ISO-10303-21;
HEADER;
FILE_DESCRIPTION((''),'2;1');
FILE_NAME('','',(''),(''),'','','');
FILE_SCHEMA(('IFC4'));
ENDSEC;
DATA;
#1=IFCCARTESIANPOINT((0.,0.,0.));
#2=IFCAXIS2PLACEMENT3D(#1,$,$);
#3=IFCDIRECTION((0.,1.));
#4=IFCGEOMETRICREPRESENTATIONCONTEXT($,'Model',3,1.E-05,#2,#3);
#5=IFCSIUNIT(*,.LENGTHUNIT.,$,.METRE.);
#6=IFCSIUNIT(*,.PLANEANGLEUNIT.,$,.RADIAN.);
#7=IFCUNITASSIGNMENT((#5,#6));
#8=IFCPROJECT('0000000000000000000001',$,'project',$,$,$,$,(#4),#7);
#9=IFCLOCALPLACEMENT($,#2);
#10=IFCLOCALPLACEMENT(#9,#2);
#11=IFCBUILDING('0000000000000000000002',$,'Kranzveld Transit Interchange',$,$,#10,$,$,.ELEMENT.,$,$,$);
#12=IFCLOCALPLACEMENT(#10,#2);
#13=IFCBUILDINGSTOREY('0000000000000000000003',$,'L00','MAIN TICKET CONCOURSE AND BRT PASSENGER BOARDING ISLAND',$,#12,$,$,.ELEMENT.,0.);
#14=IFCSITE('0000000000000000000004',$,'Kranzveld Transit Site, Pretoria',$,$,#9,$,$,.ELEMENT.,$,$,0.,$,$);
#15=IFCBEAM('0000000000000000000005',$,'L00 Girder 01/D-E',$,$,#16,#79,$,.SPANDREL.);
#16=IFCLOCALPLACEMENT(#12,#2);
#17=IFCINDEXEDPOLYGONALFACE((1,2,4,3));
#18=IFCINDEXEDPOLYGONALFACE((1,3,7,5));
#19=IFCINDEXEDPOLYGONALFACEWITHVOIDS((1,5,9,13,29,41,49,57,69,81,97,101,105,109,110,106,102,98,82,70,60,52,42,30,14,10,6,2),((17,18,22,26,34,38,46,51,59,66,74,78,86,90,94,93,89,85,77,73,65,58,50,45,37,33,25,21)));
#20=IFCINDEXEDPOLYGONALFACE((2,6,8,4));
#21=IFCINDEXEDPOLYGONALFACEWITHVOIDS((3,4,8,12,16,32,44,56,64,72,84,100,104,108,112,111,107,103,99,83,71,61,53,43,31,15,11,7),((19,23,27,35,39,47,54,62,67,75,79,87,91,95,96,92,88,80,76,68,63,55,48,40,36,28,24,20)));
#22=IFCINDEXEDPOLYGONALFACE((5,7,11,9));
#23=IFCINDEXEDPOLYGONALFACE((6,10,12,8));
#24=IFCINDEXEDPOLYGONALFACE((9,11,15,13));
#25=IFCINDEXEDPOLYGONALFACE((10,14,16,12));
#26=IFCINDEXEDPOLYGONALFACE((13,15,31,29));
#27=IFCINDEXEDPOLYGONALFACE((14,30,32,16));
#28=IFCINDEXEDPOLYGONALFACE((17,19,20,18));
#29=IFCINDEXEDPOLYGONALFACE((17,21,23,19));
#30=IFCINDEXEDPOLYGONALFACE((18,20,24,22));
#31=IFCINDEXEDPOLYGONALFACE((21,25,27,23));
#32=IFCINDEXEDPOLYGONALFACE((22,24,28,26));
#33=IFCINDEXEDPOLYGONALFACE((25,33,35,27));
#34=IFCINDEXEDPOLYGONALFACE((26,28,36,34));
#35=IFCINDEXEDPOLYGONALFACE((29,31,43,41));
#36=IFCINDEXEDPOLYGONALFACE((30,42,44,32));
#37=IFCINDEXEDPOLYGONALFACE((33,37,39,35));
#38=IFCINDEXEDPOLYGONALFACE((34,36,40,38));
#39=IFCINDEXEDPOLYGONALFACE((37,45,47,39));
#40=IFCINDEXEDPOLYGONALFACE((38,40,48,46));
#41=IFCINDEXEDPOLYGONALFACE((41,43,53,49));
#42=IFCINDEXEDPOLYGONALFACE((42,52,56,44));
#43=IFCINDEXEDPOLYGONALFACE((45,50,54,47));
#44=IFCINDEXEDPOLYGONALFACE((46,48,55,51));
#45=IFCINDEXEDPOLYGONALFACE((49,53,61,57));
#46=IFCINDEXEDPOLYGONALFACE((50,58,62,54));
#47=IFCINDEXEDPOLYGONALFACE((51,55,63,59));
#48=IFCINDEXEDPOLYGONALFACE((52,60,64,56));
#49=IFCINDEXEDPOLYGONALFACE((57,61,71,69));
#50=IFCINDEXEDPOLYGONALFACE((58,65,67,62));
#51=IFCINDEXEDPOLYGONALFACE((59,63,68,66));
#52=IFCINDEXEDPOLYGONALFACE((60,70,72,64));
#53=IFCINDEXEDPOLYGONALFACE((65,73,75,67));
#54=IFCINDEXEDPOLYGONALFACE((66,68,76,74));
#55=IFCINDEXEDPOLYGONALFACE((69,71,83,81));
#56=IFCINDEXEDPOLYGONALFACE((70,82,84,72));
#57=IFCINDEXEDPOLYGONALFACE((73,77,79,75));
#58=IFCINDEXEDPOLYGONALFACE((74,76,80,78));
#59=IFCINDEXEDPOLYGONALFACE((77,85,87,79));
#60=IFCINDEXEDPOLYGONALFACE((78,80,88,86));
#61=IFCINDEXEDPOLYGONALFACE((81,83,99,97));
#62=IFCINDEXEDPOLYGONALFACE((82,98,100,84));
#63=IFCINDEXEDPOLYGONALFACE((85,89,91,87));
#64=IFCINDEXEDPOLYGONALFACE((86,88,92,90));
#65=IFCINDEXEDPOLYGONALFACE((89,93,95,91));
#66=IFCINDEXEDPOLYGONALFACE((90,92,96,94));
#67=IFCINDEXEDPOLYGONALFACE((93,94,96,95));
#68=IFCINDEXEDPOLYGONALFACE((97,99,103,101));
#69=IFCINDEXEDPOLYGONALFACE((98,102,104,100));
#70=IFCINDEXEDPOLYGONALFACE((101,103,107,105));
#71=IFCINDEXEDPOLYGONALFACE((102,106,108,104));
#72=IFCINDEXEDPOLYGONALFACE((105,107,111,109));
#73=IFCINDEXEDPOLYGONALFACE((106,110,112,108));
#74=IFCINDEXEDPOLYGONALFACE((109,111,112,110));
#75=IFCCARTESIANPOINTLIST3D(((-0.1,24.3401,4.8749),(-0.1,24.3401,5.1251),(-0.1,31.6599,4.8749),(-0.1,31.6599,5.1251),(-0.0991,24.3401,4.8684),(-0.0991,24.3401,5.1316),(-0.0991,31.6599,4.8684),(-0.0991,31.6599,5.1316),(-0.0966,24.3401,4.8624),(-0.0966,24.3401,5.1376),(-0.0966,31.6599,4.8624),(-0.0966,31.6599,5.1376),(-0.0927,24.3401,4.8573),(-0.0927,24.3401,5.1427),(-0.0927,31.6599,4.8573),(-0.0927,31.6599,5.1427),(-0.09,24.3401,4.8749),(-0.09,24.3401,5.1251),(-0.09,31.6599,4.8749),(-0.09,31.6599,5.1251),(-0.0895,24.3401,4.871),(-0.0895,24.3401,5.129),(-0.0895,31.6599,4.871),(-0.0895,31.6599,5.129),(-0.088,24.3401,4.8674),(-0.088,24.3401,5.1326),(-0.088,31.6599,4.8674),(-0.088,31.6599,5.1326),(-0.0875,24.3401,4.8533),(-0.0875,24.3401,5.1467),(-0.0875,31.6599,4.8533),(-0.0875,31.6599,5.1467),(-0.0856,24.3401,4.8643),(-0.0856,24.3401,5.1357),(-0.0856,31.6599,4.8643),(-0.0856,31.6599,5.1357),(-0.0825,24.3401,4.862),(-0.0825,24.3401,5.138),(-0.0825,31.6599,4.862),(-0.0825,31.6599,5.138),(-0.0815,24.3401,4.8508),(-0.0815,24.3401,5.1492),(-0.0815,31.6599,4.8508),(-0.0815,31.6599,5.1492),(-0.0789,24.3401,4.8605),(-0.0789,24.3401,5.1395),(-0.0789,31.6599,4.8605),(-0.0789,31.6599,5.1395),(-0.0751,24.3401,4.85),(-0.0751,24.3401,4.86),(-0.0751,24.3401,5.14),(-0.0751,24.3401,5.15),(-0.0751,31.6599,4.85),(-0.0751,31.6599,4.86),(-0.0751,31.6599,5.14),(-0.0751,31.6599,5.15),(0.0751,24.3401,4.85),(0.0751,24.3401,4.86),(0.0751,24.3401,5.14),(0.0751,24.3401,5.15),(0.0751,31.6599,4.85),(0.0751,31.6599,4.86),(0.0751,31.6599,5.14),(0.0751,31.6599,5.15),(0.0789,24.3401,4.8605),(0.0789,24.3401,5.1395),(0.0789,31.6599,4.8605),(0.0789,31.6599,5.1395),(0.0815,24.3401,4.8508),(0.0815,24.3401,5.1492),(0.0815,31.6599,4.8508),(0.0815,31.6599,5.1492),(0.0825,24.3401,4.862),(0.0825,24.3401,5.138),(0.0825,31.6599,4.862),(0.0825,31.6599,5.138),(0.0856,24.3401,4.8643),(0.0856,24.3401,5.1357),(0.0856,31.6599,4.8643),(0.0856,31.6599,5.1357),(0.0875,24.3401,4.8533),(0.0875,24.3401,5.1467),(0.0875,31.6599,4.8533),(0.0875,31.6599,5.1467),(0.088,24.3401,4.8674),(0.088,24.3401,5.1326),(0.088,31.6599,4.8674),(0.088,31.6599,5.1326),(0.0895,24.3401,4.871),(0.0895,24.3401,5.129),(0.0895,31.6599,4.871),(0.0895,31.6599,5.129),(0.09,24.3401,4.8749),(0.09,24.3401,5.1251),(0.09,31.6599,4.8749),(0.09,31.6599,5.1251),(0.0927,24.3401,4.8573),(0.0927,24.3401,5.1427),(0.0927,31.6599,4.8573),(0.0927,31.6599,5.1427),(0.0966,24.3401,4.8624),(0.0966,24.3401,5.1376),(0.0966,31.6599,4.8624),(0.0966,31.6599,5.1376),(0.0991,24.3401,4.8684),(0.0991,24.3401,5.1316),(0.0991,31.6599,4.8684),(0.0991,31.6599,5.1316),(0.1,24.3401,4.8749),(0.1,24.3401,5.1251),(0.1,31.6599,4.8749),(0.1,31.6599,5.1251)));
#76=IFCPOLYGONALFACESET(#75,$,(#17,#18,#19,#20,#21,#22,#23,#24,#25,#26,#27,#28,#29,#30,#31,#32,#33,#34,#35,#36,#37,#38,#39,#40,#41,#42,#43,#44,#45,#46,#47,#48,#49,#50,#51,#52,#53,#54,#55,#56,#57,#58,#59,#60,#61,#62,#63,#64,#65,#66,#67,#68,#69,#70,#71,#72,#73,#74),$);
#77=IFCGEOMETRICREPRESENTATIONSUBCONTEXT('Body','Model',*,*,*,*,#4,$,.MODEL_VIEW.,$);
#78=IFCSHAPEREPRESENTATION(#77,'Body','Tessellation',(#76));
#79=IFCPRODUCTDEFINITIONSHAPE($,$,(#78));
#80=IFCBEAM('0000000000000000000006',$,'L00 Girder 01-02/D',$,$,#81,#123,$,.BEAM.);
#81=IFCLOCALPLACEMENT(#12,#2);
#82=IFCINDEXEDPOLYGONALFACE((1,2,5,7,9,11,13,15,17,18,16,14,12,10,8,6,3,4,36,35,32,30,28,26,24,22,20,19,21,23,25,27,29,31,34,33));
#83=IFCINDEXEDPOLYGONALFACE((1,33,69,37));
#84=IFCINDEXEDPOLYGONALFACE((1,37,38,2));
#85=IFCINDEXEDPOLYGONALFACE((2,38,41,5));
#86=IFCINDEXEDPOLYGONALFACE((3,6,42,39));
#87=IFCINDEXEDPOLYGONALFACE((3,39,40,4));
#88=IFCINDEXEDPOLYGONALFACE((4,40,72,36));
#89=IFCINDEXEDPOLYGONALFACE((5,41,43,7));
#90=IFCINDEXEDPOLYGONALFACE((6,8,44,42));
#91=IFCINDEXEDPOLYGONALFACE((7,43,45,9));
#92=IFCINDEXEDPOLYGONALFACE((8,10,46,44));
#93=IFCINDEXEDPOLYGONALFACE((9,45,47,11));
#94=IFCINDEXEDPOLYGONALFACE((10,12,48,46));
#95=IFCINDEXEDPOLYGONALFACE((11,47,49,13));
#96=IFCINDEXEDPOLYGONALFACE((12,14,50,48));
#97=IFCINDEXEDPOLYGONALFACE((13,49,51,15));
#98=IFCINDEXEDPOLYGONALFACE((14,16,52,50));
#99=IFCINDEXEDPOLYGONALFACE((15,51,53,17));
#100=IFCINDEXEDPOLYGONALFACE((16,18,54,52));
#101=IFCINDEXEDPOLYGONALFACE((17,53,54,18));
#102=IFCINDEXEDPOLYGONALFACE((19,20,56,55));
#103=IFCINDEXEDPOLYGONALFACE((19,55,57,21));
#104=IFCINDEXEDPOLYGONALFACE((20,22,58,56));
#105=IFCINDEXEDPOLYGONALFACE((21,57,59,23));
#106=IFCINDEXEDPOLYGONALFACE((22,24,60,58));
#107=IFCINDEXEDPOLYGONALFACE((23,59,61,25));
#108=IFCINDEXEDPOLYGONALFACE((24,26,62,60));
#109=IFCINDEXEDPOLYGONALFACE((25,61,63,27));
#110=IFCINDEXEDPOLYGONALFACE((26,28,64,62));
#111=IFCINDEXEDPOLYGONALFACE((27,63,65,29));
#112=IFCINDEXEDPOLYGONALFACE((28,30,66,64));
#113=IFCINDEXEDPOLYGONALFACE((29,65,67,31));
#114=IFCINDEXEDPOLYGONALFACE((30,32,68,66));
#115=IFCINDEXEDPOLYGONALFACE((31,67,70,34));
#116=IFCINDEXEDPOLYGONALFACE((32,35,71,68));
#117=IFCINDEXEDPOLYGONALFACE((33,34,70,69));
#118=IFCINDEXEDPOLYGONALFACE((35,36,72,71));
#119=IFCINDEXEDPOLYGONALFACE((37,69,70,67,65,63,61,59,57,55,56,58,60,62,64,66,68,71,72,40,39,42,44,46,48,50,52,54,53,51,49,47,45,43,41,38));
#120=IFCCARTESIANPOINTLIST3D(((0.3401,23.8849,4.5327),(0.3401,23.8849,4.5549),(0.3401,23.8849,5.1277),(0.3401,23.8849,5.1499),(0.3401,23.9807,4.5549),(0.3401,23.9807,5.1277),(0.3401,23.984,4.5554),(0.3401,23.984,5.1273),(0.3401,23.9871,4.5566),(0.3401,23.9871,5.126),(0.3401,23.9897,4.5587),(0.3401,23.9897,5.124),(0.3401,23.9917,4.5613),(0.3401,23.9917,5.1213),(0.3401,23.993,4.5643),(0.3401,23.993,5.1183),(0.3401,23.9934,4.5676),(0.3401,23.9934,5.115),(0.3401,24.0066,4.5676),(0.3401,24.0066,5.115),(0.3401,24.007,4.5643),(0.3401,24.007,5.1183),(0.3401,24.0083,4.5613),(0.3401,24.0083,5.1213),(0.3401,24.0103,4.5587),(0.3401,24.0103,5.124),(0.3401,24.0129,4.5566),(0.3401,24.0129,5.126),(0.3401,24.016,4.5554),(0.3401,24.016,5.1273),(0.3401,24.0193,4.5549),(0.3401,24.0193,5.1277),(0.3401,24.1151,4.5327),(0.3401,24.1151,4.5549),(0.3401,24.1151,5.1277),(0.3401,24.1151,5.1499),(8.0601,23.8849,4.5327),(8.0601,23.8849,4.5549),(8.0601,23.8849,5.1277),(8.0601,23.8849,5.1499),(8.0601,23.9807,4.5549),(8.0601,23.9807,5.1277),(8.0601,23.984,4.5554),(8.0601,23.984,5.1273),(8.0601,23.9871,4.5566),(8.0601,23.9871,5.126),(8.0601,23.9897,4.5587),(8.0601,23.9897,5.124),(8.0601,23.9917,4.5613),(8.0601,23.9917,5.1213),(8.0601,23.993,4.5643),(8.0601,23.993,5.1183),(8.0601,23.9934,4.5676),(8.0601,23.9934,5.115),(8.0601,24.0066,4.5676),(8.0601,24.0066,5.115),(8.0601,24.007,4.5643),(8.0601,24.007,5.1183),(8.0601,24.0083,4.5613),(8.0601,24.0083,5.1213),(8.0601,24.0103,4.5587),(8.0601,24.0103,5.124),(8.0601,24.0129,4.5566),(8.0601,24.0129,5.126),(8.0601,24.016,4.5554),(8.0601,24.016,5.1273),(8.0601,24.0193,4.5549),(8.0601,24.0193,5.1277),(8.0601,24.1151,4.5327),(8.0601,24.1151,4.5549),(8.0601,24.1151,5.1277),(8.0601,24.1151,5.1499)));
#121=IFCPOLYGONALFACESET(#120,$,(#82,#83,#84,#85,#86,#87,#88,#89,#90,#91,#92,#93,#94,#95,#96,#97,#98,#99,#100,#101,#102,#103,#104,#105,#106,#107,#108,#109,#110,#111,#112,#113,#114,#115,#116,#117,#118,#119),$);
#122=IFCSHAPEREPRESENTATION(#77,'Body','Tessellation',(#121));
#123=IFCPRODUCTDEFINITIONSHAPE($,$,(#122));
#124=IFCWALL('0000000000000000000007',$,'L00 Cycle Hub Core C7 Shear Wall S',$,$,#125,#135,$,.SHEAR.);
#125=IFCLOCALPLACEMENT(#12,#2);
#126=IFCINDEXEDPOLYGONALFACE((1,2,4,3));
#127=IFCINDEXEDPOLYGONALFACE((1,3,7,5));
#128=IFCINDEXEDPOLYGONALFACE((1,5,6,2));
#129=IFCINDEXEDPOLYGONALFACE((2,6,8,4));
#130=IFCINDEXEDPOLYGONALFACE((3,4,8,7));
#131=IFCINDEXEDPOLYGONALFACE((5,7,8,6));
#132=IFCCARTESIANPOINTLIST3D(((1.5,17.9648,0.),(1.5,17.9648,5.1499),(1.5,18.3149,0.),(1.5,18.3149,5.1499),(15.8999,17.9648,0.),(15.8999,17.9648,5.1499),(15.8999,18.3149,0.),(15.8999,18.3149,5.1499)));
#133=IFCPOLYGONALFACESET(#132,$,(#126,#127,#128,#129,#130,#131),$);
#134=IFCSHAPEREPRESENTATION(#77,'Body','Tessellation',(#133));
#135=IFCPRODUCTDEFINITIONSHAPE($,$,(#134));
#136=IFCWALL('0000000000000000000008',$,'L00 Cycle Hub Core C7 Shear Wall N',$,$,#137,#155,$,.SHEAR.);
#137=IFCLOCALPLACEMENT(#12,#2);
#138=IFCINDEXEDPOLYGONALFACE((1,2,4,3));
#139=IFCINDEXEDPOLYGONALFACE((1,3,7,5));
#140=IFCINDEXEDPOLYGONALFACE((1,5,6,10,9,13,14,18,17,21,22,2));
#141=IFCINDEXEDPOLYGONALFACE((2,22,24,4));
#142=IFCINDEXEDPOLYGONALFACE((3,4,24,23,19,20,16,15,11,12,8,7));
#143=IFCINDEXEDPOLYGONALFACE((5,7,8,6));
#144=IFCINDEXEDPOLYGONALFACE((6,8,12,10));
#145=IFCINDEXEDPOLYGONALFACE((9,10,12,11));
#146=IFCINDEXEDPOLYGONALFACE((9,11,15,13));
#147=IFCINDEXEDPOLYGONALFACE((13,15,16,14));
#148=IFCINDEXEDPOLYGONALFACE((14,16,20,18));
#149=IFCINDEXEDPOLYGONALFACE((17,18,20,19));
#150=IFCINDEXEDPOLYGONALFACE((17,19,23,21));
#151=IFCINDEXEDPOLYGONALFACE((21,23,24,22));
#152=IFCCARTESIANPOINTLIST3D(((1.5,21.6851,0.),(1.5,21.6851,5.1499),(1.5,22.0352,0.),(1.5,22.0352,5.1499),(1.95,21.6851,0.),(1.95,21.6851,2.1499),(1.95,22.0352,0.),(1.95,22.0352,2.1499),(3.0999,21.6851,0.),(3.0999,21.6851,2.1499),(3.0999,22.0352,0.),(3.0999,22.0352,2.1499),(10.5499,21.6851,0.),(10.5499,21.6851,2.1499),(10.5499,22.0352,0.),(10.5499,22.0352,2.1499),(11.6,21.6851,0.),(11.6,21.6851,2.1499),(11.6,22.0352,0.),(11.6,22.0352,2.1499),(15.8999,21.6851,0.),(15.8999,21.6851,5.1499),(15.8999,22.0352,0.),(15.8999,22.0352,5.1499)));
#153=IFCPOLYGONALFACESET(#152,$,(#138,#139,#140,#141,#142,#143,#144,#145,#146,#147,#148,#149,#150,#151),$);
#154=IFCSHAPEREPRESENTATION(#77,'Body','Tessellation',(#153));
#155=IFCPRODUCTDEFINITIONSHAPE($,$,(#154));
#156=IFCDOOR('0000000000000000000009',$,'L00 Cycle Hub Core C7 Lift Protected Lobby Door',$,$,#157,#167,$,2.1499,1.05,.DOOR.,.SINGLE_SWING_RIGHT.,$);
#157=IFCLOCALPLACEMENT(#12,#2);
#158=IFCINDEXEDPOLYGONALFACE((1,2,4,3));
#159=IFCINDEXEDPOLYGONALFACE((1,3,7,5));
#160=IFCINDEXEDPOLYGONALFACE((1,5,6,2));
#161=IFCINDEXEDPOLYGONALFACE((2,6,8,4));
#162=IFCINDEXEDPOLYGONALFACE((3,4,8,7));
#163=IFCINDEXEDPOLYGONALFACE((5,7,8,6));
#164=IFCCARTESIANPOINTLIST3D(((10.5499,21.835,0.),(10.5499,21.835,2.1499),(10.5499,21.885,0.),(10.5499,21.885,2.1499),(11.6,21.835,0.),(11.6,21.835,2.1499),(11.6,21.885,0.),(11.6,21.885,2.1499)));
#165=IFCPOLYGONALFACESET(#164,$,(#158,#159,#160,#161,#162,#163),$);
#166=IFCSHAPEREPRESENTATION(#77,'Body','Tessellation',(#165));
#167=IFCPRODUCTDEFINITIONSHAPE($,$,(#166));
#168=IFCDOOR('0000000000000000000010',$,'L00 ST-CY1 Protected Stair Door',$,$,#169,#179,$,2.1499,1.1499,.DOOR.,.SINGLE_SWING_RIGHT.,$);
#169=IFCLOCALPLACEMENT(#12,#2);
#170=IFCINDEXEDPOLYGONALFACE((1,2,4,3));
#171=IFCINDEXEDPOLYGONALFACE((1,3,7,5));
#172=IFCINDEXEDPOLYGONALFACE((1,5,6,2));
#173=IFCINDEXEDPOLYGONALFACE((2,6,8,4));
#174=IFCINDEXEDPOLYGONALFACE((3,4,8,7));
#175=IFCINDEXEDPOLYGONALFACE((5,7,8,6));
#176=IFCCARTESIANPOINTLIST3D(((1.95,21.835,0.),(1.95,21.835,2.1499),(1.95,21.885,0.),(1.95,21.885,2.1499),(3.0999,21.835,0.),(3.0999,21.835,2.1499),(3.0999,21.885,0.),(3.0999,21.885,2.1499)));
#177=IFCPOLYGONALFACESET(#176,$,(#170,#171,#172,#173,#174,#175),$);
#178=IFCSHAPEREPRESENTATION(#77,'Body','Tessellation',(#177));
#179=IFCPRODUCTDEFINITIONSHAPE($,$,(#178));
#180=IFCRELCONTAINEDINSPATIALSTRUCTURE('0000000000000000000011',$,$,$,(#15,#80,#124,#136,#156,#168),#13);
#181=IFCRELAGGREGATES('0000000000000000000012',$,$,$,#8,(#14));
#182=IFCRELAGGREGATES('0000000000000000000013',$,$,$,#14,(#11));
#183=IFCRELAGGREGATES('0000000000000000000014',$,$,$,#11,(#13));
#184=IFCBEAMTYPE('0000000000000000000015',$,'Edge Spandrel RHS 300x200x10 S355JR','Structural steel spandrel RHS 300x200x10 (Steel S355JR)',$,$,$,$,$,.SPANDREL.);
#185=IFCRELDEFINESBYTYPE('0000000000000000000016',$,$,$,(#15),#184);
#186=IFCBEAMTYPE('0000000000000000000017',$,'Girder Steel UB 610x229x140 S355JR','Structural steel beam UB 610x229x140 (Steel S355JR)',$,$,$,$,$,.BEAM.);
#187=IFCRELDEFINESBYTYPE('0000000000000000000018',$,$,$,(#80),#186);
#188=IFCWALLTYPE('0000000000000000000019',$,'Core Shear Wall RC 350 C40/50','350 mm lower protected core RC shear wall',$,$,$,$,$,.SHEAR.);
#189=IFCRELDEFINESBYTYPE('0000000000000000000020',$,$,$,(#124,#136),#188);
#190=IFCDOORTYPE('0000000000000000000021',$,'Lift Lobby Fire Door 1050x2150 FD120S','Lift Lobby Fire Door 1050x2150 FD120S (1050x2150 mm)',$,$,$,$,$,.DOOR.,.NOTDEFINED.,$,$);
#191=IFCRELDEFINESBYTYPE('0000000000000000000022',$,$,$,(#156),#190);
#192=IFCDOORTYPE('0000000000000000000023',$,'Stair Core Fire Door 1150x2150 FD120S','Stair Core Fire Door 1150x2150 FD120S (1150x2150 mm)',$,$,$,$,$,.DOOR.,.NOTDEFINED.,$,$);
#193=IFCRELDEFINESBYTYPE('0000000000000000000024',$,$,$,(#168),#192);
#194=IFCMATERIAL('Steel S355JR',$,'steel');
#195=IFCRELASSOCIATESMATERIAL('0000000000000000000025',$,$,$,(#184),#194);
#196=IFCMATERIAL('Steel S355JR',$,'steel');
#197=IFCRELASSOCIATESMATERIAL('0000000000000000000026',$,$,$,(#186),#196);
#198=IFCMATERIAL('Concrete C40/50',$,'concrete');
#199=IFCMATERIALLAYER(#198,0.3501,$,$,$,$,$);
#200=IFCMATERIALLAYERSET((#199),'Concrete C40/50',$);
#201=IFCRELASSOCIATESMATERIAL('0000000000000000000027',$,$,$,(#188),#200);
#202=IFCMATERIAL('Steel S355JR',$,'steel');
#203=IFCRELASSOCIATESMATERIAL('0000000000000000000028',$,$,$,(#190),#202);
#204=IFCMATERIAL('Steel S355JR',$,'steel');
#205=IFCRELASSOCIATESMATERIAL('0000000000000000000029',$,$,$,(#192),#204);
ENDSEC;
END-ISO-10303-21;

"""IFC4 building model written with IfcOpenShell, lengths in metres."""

from ifc_helpers import new_model, si_unit, direction, frame, frame_2d, origin, origin_2d, place, context, subcontext, project, spatial, rectangle, hollow_rectangle, i_section, extrude, material, layer, layer_set, material_profile, profile_set, type_object, element, fill, save


model = new_model("IFC4")

# Units and contexts
model_context = context("Model", 3, precision=1e-05, world=origin(), true_north=direction((0.0, 1.0)))
body_context = subcontext(model_context, "Body", "Model", "MODEL_VIEW")
ifc_project = project(units=[si_unit("LENGTHUNIT", "METRE"), si_unit("PLANEANGLEUNIT", "RADIAN")], contexts=[model_context])

# Site, building, storey
site_placement = place(None, origin())
site = spatial("IfcSite", under=ifc_project, at=site_placement, Name="Kranzveld Transit Site, Pretoria", CompositionType="ELEMENT", RefElevation=0.0)
building_placement = place(site_placement, origin())
building = spatial("IfcBuilding", under=site, at=building_placement, Name="Kranzveld Transit Interchange", CompositionType="ELEMENT")
storey_placement = place(building_placement, origin())
storey = spatial("IfcBuildingStorey", under=building, at=storey_placement, Name="L00", Description="MAIN TICKET CONCOURSE AND BRT PASSENGER BOARDING ISLAND", CompositionType="ELEMENT", Elevation=0.0)

# Beams
ifc_material_1 = material(Name="Steel S355JR", Category="steel")
ifc_material_profile_1 = material_profile(ifc_material_1, hollow_rectangle(XDim=0.2, YDim=0.3, WallThickness=0.01, InnerFilletRadius=0.0149, OuterFilletRadius=0.0249, at=origin_2d()), Name="RHS 300x200x10")
ifc_profile_set_1 = profile_set([ifc_material_profile_1], Name="Steel S355JR")
beam_type_1 = type_object("IfcBeamType", Name="Edge Spandrel RHS 300x200x10 S355JR", Description="Structural steel spandrel RHS 300x200x10 (Steel S355JR)", PredefinedType="SPANDREL", material=ifc_profile_set_1)
beam_1_placement = place(storey_placement, frame((0.0, 24.3401, 5.0), z_axis=(0.0, 1.0, 0.0), x_axis=(-1.0, 0.0, 0.0)))
element("IfcBeam", 1, at=beam_1_placement, inside=storey, type_object=beam_type_1, Name="L00 Girder 01/D-E", PredefinedType="SPANDREL", context=body_context, shape_type="SweptSolid", body=[
    extrude(hollow_rectangle(XDim=0.2, YDim=0.3, WallThickness=0.01, InnerFilletRadius=0.0149, OuterFilletRadius=0.0249, at=origin_2d()), origin(), (0.0, 0.0, 1.0), 7.3198),
])
ifc_material_2 = material(Name="Steel S355JR", Category="steel")
ifc_material_profile_2 = material_profile(ifc_material_2, i_section(OverallWidth=0.2302, OverallDepth=0.6172, WebThickness=0.0132, FlangeThickness=0.0222, FilletRadius=0.0127, at=origin_2d()), Name="UB 610x229x140")
ifc_profile_set_2 = profile_set([ifc_material_profile_2], Name="Steel S355JR")
beam_type_2 = type_object("IfcBeamType", Name="Girder Steel UB 610x229x140 S355JR", Description="Structural steel beam UB 610x229x140 (Steel S355JR)", PredefinedType="BEAM", material=ifc_profile_set_2)
beam_2_placement = place(storey_placement, frame((0.3401, 24.0, 4.8413), z_axis=(1.0, 0.0, 0.0), x_axis=(0.0, 1.0, 0.0)))
element("IfcBeam", 2, at=beam_2_placement, inside=storey, type_object=beam_type_2, Name="L00 Girder 01-02/D", PredefinedType="BEAM", context=body_context, shape_type="SweptSolid", body=[
    extrude(i_section(OverallWidth=0.2302, OverallDepth=0.6172, WebThickness=0.0132, FlangeThickness=0.0222, FilletRadius=0.0127, at=origin_2d()), origin(), (0.0, 0.0, 1.0), 7.72),
])

# Wall
ifc_material_3 = material(Name="Concrete C40/50", Category="concrete")
ifc_layer_1 = layer(ifc_material_3, 0.3501)
ifc_layer_set_1 = layer_set([ifc_layer_1], Name="Concrete C40/50")
wall_type_1 = type_object("IfcWallType", Name="Core Shear Wall RC 350 C40/50", Description="350 mm lower protected core RC shear wall", PredefinedType="SHEAR", material=ifc_layer_set_1)
wall_1_placement = place(storey_placement, frame((1.5, 18.1399, 0.0), z_axis=(0.0, 0.0, 1.0), x_axis=(1.0, 0.0, 0.0)))
element("IfcWall", 3, at=wall_1_placement, inside=storey, type_object=wall_type_1, Name="L00 Cycle Hub Core C7 Shear Wall S", PredefinedType="SHEAR", context=body_context, shape_type="SweptSolid", body=[
    extrude(rectangle(XDim=14.3999, YDim=0.3501, at=frame_2d((7.2, 0.0))), origin(), (0.0, 0.0, 1.0), 5.1499),
])

# Wall, openings, doors
wall_2_placement = place(storey_placement, frame((1.5, 21.8601, 0.0), z_axis=(0.0, 0.0, 1.0), x_axis=(1.0, 0.0, 0.0)))
wall_2 = element("IfcWall", 4, at=wall_2_placement, inside=storey, type_object=wall_type_1, Name="L00 Cycle Hub Core C7 Shear Wall N", PredefinedType="SHEAR", context=body_context, shape_type="SweptSolid", body=[
    extrude(rectangle(XDim=14.3999, YDim=0.3501, at=frame_2d((7.2, 0.0))), origin(), (0.0, 0.0, 1.0), 5.1499),
])
opening_1_placement = place(wall_2_placement, frame((0.45, 0.0, 0.0), z_axis=(0.0, 0.0, 1.0), x_axis=(1.0, 0.0, 0.0)))
opening_1 = element("IfcOpeningElement", 5, at=opening_1_placement, cuts=wall_2, PredefinedType="OPENING", context=body_context, shape_type="SweptSolid", body=[
    extrude(rectangle(XDim=1.1499, YDim=2.1499, at=frame_2d((0.575, 1.075))), frame((0.0, 0.1851, 0.0), z_axis=(0.0, -1.0, 0.0), x_axis=(1.0, 0.0, 0.0)), (0.0, 0.0, 1.0), 0.3701),
])
opening_2_placement = place(wall_2_placement, frame((9.05, 0.0, 0.0), z_axis=(0.0, 0.0, 1.0), x_axis=(1.0, 0.0, 0.0)))
opening_2 = element("IfcOpeningElement", 6, at=opening_2_placement, cuts=wall_2, PredefinedType="OPENING", context=body_context, shape_type="SweptSolid", body=[
    extrude(rectangle(XDim=1.05, YDim=2.1499, at=frame_2d((0.5249, 1.075))), frame((0.0, 0.1851, 0.0), z_axis=(0.0, -1.0, 0.0), x_axis=(1.0, 0.0, 0.0)), (0.0, 0.0, 1.0), 0.3701),
])
ifc_material_4 = material(Name="Steel S355JR", Category="steel")
door_type_1 = type_object("IfcDoorType", Name="Lift Lobby Fire Door 1050x2150 FD120S", Description="Lift Lobby Fire Door 1050x2150 FD120S (1050x2150 mm)", OperationType="NOTDEFINED", PredefinedType="DOOR", material=ifc_material_4)
door_1_placement = place(opening_2_placement, origin())
door_1 = element("IfcDoor", 7, at=door_1_placement, inside=storey, type_object=door_type_1, Name="L00 Cycle Hub Core C7 Lift Protected Lobby Door", OperationType="SINGLE_SWING_RIGHT", OverallHeight=2.1499, OverallWidth=1.05, PredefinedType="DOOR", context=body_context, shape_type="SweptSolid", body=[
    extrude(rectangle(XDim=1.05, YDim=2.1499, at=frame_2d((0.5249, 1.075))), frame((0.0, 0.0249, 0.0), z_axis=(0.0, -1.0, 0.0), x_axis=(1.0, 0.0, 0.0)), (0.0, 0.0, 1.0), 0.05),
])
fill(opening_2, door_1)
ifc_material_5 = material(Name="Steel S355JR", Category="steel")
door_type_2 = type_object("IfcDoorType", Name="Stair Core Fire Door 1150x2150 FD120S", Description="Stair Core Fire Door 1150x2150 FD120S (1150x2150 mm)", OperationType="NOTDEFINED", PredefinedType="DOOR", material=ifc_material_5)
door_2_placement = place(opening_1_placement, origin())
door_2 = element("IfcDoor", 8, at=door_2_placement, inside=storey, type_object=door_type_2, Name="L00 ST-CY1 Protected Stair Door", OperationType="SINGLE_SWING_RIGHT", OverallHeight=2.1499, OverallWidth=1.1499, PredefinedType="DOOR", context=body_context, shape_type="SweptSolid", body=[
    extrude(rectangle(XDim=1.1499, YDim=2.1499, at=frame_2d((0.575, 1.075))), frame((0.0, 0.0249, 0.0), z_axis=(0.0, -1.0, 0.0), x_axis=(1.0, 0.0, 0.0)), (0.0, 0.0, 1.0), 0.05),
])
fill(opening_1, door_2)

save(model, "model.ifc")
